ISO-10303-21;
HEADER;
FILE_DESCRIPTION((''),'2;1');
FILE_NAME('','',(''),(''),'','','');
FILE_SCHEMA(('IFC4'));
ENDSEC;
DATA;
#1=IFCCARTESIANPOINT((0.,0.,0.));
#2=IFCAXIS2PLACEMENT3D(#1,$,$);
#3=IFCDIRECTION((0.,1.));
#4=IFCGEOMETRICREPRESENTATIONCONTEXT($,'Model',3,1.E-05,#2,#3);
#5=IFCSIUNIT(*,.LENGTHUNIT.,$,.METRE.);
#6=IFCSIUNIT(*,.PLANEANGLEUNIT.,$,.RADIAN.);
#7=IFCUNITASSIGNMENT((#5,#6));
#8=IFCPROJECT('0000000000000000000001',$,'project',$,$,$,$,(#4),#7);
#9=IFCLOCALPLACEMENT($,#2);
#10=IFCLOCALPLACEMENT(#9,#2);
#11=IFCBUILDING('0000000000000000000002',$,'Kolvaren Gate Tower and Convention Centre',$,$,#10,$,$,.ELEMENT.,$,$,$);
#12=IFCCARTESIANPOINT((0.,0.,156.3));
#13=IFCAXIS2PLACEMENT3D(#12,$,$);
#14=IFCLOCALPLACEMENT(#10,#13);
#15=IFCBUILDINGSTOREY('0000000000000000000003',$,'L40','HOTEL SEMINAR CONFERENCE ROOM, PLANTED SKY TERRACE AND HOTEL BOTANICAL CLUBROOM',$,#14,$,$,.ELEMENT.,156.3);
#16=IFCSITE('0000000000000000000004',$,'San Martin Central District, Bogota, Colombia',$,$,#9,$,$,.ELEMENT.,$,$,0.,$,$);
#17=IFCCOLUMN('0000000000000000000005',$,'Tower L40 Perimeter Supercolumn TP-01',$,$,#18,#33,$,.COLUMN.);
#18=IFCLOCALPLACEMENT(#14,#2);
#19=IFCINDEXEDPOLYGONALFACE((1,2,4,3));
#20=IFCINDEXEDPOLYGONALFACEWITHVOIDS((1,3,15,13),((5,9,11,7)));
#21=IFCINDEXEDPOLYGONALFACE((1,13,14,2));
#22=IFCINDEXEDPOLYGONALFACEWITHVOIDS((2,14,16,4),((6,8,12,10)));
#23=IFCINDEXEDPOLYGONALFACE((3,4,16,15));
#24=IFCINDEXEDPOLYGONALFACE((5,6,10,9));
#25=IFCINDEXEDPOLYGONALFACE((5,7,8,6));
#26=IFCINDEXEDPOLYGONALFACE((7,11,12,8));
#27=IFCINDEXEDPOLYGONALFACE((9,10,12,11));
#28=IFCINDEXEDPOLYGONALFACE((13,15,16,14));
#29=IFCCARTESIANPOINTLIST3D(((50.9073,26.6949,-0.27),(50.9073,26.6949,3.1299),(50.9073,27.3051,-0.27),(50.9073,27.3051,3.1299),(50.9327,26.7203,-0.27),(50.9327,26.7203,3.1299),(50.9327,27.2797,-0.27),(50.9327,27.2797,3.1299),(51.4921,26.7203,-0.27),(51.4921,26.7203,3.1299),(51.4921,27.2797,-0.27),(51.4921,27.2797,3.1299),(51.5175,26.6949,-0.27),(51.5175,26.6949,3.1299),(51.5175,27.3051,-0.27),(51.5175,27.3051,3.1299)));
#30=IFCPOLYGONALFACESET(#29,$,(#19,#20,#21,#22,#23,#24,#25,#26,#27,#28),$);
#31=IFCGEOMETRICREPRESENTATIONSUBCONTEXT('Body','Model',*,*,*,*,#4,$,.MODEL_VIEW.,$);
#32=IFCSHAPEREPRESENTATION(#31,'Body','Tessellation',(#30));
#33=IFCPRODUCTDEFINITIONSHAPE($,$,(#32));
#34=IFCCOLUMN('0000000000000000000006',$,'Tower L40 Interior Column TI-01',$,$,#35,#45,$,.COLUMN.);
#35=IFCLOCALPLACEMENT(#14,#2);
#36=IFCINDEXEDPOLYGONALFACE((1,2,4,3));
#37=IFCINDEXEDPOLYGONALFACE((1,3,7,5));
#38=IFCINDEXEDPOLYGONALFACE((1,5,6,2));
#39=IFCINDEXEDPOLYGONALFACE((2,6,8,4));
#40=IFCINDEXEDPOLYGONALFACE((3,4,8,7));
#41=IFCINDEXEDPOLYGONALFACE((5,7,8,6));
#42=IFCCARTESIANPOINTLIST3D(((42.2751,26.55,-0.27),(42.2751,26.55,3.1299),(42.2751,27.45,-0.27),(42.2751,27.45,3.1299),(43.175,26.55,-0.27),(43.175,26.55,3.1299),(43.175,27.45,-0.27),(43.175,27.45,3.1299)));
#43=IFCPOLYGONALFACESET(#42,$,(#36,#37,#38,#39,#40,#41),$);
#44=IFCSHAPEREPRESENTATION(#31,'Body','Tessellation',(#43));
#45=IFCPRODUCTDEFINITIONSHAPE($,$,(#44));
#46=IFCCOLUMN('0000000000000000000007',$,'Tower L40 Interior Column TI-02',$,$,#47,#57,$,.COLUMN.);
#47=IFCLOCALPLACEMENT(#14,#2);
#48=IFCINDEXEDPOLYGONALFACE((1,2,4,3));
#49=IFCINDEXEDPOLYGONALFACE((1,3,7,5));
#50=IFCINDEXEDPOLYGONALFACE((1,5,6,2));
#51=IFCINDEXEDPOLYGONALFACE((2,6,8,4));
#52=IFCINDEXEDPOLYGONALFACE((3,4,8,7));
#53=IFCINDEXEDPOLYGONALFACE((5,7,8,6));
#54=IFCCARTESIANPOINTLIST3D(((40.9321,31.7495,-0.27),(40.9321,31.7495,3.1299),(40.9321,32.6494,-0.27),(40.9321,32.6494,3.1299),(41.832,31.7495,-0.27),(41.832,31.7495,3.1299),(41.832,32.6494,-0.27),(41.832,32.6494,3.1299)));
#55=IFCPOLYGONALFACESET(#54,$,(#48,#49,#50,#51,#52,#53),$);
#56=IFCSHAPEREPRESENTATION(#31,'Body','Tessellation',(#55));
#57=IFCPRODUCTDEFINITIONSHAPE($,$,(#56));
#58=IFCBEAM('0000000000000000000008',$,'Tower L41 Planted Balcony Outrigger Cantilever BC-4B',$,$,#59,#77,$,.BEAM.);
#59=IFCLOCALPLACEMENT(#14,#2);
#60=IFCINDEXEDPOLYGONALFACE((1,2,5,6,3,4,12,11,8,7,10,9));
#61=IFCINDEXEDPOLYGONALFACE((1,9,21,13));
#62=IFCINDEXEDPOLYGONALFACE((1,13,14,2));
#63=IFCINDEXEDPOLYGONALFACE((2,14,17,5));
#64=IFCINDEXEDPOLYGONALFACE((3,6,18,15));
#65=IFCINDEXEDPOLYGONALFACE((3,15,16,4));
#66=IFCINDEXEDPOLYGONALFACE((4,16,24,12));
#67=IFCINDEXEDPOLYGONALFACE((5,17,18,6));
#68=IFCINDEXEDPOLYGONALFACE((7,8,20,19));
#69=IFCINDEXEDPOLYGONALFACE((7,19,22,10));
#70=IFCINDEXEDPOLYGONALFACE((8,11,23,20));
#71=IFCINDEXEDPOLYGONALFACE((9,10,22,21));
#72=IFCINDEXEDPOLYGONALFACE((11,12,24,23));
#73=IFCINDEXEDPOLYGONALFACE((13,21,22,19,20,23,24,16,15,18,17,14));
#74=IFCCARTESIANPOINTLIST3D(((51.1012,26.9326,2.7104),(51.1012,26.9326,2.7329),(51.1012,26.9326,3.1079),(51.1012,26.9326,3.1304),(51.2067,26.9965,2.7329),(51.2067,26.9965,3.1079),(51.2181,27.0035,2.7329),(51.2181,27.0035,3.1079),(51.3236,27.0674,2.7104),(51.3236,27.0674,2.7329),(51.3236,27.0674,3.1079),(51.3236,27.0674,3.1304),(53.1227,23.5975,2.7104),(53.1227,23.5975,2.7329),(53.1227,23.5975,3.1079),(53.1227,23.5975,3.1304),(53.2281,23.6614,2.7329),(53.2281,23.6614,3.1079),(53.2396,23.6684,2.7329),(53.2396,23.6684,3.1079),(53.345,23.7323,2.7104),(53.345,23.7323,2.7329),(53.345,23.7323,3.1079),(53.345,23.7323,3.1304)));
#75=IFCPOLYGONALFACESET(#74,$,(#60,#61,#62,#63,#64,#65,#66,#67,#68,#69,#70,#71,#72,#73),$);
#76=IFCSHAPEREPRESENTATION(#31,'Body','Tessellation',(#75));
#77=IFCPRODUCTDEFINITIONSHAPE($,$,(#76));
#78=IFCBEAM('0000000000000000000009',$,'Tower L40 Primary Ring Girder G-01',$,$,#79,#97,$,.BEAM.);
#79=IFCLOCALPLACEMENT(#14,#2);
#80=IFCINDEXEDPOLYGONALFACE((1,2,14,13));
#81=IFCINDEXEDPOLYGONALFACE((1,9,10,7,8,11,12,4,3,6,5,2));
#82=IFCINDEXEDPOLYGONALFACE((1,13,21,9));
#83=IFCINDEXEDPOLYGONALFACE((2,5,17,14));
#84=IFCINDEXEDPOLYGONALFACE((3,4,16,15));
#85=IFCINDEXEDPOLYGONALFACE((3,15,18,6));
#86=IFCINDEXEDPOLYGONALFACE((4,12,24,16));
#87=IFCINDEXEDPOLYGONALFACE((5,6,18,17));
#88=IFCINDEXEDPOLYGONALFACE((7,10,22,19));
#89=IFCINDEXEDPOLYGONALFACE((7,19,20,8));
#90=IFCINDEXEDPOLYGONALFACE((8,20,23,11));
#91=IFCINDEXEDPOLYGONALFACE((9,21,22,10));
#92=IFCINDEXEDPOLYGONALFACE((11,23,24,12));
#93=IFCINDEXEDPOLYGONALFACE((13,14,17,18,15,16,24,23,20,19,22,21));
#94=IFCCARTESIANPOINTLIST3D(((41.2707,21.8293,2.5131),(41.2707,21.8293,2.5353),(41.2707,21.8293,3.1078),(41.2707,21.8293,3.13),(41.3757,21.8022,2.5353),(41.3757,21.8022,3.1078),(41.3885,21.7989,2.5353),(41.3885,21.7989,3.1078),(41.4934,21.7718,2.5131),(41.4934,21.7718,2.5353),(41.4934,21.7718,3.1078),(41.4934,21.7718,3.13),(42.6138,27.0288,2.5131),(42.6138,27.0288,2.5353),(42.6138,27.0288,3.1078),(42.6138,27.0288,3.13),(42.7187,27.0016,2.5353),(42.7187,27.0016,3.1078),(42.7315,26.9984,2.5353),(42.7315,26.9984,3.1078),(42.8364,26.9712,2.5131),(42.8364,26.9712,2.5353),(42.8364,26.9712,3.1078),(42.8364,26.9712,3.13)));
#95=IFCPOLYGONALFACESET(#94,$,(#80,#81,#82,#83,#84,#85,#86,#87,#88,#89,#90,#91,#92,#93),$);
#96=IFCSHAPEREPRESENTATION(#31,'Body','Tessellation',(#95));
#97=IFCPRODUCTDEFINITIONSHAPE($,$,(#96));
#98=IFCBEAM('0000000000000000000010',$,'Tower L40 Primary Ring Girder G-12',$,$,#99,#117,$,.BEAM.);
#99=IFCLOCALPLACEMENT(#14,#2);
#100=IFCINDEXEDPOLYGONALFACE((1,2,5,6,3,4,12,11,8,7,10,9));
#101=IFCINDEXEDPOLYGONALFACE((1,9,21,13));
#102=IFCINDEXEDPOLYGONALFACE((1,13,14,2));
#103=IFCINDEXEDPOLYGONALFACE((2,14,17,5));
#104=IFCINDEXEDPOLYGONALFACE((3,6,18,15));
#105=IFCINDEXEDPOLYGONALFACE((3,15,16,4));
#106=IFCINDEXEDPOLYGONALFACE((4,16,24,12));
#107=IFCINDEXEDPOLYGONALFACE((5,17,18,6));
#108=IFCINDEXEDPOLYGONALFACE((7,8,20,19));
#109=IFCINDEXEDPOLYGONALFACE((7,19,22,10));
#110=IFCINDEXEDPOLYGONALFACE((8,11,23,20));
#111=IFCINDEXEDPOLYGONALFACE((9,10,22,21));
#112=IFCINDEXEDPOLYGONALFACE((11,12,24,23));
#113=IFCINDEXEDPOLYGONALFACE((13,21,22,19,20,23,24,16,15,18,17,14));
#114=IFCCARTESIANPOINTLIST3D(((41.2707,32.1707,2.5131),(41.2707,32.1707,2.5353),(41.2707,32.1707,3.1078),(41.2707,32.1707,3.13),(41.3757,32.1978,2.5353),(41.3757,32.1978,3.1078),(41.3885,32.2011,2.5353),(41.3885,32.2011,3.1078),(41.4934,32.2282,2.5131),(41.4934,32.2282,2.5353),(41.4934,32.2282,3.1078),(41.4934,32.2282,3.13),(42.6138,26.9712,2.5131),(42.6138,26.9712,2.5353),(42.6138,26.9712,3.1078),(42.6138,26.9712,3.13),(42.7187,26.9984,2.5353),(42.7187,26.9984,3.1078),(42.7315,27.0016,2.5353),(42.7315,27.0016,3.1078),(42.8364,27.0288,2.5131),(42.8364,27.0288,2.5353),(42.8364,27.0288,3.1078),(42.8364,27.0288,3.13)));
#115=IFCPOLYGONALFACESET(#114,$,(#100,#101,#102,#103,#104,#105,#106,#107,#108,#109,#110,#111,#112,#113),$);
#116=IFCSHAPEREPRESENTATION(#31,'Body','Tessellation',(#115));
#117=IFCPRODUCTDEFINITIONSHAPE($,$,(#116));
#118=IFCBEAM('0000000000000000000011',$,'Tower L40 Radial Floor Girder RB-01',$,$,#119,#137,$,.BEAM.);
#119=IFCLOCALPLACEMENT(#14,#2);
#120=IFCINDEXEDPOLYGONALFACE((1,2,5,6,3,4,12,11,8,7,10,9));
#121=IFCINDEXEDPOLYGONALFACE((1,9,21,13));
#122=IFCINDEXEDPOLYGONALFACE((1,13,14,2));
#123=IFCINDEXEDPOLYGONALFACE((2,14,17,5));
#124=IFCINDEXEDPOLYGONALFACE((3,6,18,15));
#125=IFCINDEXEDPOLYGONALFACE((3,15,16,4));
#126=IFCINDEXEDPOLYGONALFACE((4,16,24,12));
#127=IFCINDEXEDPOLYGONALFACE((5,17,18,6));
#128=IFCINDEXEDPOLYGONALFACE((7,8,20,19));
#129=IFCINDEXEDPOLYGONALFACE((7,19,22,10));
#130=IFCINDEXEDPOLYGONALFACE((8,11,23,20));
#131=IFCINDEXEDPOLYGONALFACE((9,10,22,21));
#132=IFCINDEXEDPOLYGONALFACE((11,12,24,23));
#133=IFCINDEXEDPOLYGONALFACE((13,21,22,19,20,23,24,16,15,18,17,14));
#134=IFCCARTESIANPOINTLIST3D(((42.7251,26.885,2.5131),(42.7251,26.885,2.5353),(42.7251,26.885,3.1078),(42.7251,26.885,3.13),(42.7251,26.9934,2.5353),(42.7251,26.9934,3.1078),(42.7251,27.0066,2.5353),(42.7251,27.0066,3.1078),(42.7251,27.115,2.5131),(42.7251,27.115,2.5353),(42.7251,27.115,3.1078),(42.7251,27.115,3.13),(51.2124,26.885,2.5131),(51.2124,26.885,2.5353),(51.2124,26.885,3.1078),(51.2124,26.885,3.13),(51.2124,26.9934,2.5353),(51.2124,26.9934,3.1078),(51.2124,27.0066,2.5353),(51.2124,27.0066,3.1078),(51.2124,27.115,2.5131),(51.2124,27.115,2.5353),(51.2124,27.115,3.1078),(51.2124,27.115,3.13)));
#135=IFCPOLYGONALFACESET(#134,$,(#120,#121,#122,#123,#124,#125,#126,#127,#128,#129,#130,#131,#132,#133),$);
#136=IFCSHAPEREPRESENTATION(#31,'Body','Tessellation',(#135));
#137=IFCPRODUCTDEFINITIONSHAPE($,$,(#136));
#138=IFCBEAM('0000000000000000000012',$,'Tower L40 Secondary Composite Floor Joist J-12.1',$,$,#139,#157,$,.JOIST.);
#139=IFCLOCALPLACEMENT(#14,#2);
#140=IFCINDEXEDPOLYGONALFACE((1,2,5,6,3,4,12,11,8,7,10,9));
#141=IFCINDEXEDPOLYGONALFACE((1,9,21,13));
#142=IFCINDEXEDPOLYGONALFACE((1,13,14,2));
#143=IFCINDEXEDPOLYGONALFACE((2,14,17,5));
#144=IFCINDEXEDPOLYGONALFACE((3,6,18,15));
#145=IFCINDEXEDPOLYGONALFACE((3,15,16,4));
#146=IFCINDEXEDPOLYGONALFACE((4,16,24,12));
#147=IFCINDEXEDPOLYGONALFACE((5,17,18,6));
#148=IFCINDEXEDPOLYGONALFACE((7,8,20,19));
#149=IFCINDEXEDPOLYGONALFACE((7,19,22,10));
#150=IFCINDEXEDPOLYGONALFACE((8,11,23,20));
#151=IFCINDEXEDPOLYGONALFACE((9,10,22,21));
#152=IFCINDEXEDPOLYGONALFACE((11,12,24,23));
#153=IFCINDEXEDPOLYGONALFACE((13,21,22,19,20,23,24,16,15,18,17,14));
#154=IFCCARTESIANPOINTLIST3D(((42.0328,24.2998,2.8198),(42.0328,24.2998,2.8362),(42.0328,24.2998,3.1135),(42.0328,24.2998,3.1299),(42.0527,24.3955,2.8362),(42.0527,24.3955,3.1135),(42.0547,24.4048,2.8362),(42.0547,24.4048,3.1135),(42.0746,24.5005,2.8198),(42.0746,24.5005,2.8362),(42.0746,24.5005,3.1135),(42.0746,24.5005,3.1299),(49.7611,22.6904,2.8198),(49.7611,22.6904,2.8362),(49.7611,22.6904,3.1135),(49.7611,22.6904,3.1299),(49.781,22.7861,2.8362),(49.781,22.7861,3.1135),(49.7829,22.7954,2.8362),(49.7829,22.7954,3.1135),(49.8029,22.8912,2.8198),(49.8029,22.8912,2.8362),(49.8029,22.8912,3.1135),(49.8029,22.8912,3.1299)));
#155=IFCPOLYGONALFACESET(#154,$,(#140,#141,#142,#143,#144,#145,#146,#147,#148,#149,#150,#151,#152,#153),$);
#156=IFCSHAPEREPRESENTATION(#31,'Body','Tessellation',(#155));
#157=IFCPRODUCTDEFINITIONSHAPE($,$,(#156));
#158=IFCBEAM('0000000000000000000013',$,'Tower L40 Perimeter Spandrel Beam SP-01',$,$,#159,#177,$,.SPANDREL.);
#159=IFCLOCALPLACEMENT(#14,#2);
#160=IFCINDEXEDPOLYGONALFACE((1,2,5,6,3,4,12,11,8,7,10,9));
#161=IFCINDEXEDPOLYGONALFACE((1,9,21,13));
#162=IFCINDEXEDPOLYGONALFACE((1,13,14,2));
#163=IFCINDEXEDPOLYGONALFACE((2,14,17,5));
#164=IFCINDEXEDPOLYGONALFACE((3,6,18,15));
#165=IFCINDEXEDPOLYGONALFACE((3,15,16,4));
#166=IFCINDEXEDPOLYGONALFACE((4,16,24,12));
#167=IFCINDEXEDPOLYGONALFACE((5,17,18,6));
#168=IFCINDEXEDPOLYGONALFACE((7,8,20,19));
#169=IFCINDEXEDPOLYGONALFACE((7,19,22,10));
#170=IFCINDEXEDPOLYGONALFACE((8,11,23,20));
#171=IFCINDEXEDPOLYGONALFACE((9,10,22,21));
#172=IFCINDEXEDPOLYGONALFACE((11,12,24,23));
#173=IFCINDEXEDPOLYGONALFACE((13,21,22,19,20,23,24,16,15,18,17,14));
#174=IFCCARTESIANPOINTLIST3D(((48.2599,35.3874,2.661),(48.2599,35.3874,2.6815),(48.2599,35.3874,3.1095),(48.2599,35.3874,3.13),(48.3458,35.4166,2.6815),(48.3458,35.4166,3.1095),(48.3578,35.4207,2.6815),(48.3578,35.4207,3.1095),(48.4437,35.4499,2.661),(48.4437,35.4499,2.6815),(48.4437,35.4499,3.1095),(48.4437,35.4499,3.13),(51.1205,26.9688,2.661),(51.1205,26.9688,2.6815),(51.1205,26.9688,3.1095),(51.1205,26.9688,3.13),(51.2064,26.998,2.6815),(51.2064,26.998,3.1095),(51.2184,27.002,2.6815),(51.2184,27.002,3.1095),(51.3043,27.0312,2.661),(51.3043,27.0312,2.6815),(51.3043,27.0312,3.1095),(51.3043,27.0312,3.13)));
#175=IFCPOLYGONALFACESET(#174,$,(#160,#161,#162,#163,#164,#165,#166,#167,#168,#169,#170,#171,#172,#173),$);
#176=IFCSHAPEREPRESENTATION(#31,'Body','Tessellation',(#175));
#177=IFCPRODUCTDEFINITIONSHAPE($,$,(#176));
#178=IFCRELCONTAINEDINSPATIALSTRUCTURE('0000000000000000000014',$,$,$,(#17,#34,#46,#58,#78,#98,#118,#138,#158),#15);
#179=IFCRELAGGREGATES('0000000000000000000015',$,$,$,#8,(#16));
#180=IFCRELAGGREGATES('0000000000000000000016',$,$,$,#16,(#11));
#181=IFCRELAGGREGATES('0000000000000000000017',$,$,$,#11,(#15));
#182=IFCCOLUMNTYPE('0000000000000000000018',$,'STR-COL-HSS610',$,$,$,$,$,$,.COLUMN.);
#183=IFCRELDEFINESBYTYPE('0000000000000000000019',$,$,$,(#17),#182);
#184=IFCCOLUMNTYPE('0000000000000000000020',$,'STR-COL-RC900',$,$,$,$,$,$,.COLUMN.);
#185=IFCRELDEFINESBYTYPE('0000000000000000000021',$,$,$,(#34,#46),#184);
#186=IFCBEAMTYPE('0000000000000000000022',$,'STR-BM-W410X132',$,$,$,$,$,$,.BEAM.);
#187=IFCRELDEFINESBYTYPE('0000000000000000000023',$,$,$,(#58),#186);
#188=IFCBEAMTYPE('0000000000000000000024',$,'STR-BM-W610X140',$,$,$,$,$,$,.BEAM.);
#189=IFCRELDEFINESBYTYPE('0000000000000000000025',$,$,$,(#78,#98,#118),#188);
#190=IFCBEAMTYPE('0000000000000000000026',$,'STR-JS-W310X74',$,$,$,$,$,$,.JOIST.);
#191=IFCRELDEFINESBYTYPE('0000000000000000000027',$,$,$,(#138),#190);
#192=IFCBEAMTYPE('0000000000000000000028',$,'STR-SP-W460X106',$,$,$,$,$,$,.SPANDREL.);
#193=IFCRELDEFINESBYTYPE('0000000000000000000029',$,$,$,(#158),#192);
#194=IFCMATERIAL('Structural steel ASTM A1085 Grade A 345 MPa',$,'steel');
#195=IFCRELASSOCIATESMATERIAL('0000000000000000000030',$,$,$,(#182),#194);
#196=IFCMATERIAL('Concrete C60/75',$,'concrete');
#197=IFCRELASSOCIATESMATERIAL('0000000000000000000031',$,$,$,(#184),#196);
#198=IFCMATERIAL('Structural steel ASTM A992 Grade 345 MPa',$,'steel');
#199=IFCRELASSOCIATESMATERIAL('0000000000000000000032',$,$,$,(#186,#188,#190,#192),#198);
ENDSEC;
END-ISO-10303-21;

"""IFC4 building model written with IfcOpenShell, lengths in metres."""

from ifc_helpers import new_model, si_unit, direction, frame, origin, origin_2d, place, context, subcontext, project, spatial, rectangle, hollow_rectangle, i_section, extrude, material, material_profile, profile_set, type_object, element, save


model = new_model("IFC4")

# Units and contexts
model_context = context("Model", 3, precision=1e-05, world=origin(), true_north=direction((0.0, 1.0)))
body_context = subcontext(model_context, "Body", "Model", "MODEL_VIEW")
ifc_project = project(units=[si_unit("LENGTHUNIT", "METRE"), si_unit("PLANEANGLEUNIT", "RADIAN")], contexts=[model_context])

# Site, building, storey
site_placement = place(None, origin())
site = spatial("IfcSite", under=ifc_project, at=site_placement, Name="San Martin Central District, Bogota, Colombia", CompositionType="ELEMENT", RefElevation=0.0)
building_placement = place(site_placement, origin())
building = spatial("IfcBuilding", under=site, at=building_placement, Name="Kolvaren Gate Tower and Convention Centre", CompositionType="ELEMENT")
storey_placement = place(building_placement, frame((0.0, 0.0, 156.3)))
storey = spatial("IfcBuildingStorey", under=building, at=storey_placement, Name="L40", Description="HOTEL SEMINAR CONFERENCE ROOM, PLANTED SKY TERRACE AND HOTEL BOTANICAL CLUBROOM", CompositionType="ELEMENT", Elevation=156.3)

# Columns
ifc_material_1 = material(Name="Structural steel ASTM A1085 Grade A 345 MPa", Category="steel")
ifc_material_profile_1 = material_profile(ifc_material_1, hollow_rectangle(XDim=0.6101, YDim=0.6101, WallThickness=0.0254, at=origin_2d()), Name="HSS610X610X25.4")
ifc_profile_set_1 = profile_set([ifc_material_profile_1], Name="Structural steel ASTM A1085 Grade A 345 MPa")
column_type_1 = type_object("IfcColumnType", Name="STR-COL-HSS610", PredefinedType="COLUMN", material=ifc_profile_set_1)
column_placement = place(storey_placement, frame((51.2124, 27.0, -0.27), z_axis=(0.0, 0.0, 1.0), x_axis=(1.0, 0.0, 0.0)))
element("IfcColumn", 1, at=column_placement, inside=storey, type_object=column_type_1, Name="Tower L40 Perimeter Supercolumn TP-01", PredefinedType="COLUMN", context=body_context, shape_type="SweptSolid", body=[
    extrude(hollow_rectangle(XDim=0.6101, YDim=0.6101, WallThickness=0.0254, at=origin_2d()), origin(), (0.0, 0.0, 1.0), 3.3999),
])
ifc_material_2 = material(Name="Concrete C60/75", Category="concrete")
ifc_material_profile_2 = material_profile(ifc_material_2, rectangle(XDim=0.8999, YDim=0.8999, at=origin_2d()), Name="RC-COL-900X900")
ifc_profile_set_2 = profile_set([ifc_material_profile_2], Name="Concrete C60/75")
column_type_2 = type_object("IfcColumnType", Name="STR-COL-RC900", PredefinedType="COLUMN", material=ifc_profile_set_2)
for number, where, z_axis, x_axis, name in (
    (2, (42.7251, 27.0, -0.27), (0.0, 0.0, 1.0), (1.0, 0.0, 0.0), "Tower L40 Interior Column TI-01"),
    (3, (41.3821, 32.1995, -0.27), (0.0, 0.0, 1.0), (1.0, 0.0, 0.0), "Tower L40 Interior Column TI-02"),
):
    element("IfcColumn", number, at=place(storey_placement, frame(where, z_axis=z_axis, x_axis=x_axis)), inside=storey, type_object=column_type_2, Name=name, PredefinedType="COLUMN", context=body_context, shape_type="SweptSolid", body=[
        extrude(rectangle(XDim=0.8999, YDim=0.8999, at=origin_2d()), origin(), (0.0, 0.0, 1.0), 3.3999),
    ])

# Beams
ifc_material_3 = material(Name="Structural steel ASTM A992 Grade 345 MPa", Category="steel")
ifc_material_profile_3 = material_profile(ifc_material_3, i_section(OverallWidth=0.26, OverallDepth=0.4199, WebThickness=0.0134, FlangeThickness=0.0225, at=origin_2d()), Name="W410X132")
ifc_profile_set_3 = profile_set([ifc_material_profile_3], Name="Structural steel ASTM A992 Grade 345 MPa")
beam_type_1 = type_object("IfcBeamType", Name="STR-BM-W410X132", PredefinedType="BEAM", material=ifc_profile_set_3)
beam_1_placement = place(storey_placement, frame((51.2124, 27.0, 2.9204), z_axis=(0.518329, -0.855181, 0.0), x_axis=(0.855181, 0.518329, 0.0)))
element("IfcBeam", 4, at=beam_1_placement, inside=storey, type_object=beam_type_1, Name="Tower L41 Planted Balcony Outrigger Cantilever BC-4B", PredefinedType="BEAM", context=body_context, shape_type="SweptSolid", body=[
    extrude(i_section(OverallWidth=0.26, OverallDepth=0.4199, WebThickness=0.0134, FlangeThickness=0.0225, at=origin_2d()), origin(), (0.0, 0.0, 1.0), 3.8999),
])
ifc_material_profile_4 = material_profile(ifc_material_3, i_section(OverallWidth=0.23, OverallDepth=0.6169, WebThickness=0.0132, FlangeThickness=0.0222, at=origin_2d()), Name="W610X140")
ifc_profile_set_4 = profile_set([ifc_material_profile_4], Name="Structural steel ASTM A992 Grade 345 MPa")
beam_type_2 = type_object("IfcBeamType", Name="STR-BM-W610X140", PredefinedType="BEAM", material=ifc_profile_set_4)
for number, where, z_axis, x_axis, name in (
    (5, (42.7251, 27.0, 2.8215), (-0.250091, -0.968222, 0.0), (0.968222, -0.250091, 0.0), "Tower L40 Primary Ring Girder G-01"),
    (6, (42.7251, 27.0, 2.8215), (-0.250091, 0.968222, 0.0), (-0.968222, -0.250091, 0.0), "Tower L40 Primary Ring Girder G-12"),
):
    element("IfcBeam", number, at=place(storey_placement, frame(where, z_axis=z_axis, x_axis=x_axis)), inside=storey, type_object=beam_type_2, Name=name, PredefinedType="BEAM", context=body_context, shape_type="SweptSolid", body=[
        extrude(i_section(OverallWidth=0.23, OverallDepth=0.6169, WebThickness=0.0132, FlangeThickness=0.0222, at=origin_2d()), origin(), (0.0, 0.0, 1.0), 5.3701),
    ])
beam_2_placement = place(storey_placement, frame((42.7251, 27.0, 2.8215), z_axis=(1.0, 0.0, 0.0), x_axis=(0.0, 1.0, 0.0)))
element("IfcBeam", 7, at=beam_2_placement, inside=storey, type_object=beam_type_2, Name="Tower L40 Radial Floor Girder RB-01", PredefinedType="BEAM", context=body_context, shape_type="SweptSolid", body=[
    extrude(i_section(OverallWidth=0.23, OverallDepth=0.6169, WebThickness=0.0132, FlangeThickness=0.0222, at=origin_2d()), origin(), (0.0, 0.0, 1.0), 8.4873),
])
ifc_material_profile_5 = material_profile(ifc_material_3, i_section(OverallWidth=0.2051, OverallDepth=0.3101, WebThickness=0.0095, FlangeThickness=0.0164, at=origin_2d()), Name="W310X74")
ifc_profile_set_5 = profile_set([ifc_material_profile_5], Name="Structural steel ASTM A992 Grade 345 MPa")
beam_type_3 = type_object("IfcBeamType", Name="STR-JS-W310X74", PredefinedType="JOIST", material=ifc_profile_set_5)
beam_3_placement = place(storey_placement, frame((42.0537, 24.4001, 2.9749), z_axis=(0.978998, -0.203872, 0.0), x_axis=(0.203872, 0.978998, 0.0)))
element("IfcBeam", 8, at=beam_3_placement, inside=storey, type_object=beam_type_3, Name="Tower L40 Secondary Composite Floor Joist J-12.1", PredefinedType="JOIST", context=body_context, shape_type="SweptSolid", body=[
    extrude(i_section(OverallWidth=0.2051, OverallDepth=0.3101, WebThickness=0.0095, FlangeThickness=0.0164, at=origin_2d()), origin(), (0.0, 0.0, 1.0), 7.894),
])
ifc_material_profile_6 = material_profile(ifc_material_3, i_section(OverallWidth=0.1941, OverallDepth=0.469, WebThickness=0.0127, FlangeThickness=0.0205, at=origin_2d()), Name="W460X106")
ifc_profile_set_6 = profile_set([ifc_material_profile_6], Name="Structural steel ASTM A992 Grade 345 MPa")
beam_type_4 = type_object("IfcBeamType", Name="STR-SP-W460X106", PredefinedType="SPANDREL", material=ifc_profile_set_6)
beam_4_placement = place(storey_placement, frame((51.2124, 27.0, 2.8955), z_axis=(-0.321725, 0.946833, 0.0), x_axis=(-0.946833, -0.321725, 0.0)))
element("IfcBeam", 9, at=beam_4_placement, inside=storey, type_object=beam_type_4, Name="Tower L40 Perimeter Spandrel Beam SP-01", PredefinedType="SPANDREL", context=body_context, shape_type="SweptSolid", body=[
    extrude(i_section(OverallWidth=0.1941, OverallDepth=0.469, WebThickness=0.0127, FlangeThickness=0.0205, at=origin_2d()), origin(), (0.0, 0.0, 1.0), 8.8914),
])

save(model, "model.ifc")
